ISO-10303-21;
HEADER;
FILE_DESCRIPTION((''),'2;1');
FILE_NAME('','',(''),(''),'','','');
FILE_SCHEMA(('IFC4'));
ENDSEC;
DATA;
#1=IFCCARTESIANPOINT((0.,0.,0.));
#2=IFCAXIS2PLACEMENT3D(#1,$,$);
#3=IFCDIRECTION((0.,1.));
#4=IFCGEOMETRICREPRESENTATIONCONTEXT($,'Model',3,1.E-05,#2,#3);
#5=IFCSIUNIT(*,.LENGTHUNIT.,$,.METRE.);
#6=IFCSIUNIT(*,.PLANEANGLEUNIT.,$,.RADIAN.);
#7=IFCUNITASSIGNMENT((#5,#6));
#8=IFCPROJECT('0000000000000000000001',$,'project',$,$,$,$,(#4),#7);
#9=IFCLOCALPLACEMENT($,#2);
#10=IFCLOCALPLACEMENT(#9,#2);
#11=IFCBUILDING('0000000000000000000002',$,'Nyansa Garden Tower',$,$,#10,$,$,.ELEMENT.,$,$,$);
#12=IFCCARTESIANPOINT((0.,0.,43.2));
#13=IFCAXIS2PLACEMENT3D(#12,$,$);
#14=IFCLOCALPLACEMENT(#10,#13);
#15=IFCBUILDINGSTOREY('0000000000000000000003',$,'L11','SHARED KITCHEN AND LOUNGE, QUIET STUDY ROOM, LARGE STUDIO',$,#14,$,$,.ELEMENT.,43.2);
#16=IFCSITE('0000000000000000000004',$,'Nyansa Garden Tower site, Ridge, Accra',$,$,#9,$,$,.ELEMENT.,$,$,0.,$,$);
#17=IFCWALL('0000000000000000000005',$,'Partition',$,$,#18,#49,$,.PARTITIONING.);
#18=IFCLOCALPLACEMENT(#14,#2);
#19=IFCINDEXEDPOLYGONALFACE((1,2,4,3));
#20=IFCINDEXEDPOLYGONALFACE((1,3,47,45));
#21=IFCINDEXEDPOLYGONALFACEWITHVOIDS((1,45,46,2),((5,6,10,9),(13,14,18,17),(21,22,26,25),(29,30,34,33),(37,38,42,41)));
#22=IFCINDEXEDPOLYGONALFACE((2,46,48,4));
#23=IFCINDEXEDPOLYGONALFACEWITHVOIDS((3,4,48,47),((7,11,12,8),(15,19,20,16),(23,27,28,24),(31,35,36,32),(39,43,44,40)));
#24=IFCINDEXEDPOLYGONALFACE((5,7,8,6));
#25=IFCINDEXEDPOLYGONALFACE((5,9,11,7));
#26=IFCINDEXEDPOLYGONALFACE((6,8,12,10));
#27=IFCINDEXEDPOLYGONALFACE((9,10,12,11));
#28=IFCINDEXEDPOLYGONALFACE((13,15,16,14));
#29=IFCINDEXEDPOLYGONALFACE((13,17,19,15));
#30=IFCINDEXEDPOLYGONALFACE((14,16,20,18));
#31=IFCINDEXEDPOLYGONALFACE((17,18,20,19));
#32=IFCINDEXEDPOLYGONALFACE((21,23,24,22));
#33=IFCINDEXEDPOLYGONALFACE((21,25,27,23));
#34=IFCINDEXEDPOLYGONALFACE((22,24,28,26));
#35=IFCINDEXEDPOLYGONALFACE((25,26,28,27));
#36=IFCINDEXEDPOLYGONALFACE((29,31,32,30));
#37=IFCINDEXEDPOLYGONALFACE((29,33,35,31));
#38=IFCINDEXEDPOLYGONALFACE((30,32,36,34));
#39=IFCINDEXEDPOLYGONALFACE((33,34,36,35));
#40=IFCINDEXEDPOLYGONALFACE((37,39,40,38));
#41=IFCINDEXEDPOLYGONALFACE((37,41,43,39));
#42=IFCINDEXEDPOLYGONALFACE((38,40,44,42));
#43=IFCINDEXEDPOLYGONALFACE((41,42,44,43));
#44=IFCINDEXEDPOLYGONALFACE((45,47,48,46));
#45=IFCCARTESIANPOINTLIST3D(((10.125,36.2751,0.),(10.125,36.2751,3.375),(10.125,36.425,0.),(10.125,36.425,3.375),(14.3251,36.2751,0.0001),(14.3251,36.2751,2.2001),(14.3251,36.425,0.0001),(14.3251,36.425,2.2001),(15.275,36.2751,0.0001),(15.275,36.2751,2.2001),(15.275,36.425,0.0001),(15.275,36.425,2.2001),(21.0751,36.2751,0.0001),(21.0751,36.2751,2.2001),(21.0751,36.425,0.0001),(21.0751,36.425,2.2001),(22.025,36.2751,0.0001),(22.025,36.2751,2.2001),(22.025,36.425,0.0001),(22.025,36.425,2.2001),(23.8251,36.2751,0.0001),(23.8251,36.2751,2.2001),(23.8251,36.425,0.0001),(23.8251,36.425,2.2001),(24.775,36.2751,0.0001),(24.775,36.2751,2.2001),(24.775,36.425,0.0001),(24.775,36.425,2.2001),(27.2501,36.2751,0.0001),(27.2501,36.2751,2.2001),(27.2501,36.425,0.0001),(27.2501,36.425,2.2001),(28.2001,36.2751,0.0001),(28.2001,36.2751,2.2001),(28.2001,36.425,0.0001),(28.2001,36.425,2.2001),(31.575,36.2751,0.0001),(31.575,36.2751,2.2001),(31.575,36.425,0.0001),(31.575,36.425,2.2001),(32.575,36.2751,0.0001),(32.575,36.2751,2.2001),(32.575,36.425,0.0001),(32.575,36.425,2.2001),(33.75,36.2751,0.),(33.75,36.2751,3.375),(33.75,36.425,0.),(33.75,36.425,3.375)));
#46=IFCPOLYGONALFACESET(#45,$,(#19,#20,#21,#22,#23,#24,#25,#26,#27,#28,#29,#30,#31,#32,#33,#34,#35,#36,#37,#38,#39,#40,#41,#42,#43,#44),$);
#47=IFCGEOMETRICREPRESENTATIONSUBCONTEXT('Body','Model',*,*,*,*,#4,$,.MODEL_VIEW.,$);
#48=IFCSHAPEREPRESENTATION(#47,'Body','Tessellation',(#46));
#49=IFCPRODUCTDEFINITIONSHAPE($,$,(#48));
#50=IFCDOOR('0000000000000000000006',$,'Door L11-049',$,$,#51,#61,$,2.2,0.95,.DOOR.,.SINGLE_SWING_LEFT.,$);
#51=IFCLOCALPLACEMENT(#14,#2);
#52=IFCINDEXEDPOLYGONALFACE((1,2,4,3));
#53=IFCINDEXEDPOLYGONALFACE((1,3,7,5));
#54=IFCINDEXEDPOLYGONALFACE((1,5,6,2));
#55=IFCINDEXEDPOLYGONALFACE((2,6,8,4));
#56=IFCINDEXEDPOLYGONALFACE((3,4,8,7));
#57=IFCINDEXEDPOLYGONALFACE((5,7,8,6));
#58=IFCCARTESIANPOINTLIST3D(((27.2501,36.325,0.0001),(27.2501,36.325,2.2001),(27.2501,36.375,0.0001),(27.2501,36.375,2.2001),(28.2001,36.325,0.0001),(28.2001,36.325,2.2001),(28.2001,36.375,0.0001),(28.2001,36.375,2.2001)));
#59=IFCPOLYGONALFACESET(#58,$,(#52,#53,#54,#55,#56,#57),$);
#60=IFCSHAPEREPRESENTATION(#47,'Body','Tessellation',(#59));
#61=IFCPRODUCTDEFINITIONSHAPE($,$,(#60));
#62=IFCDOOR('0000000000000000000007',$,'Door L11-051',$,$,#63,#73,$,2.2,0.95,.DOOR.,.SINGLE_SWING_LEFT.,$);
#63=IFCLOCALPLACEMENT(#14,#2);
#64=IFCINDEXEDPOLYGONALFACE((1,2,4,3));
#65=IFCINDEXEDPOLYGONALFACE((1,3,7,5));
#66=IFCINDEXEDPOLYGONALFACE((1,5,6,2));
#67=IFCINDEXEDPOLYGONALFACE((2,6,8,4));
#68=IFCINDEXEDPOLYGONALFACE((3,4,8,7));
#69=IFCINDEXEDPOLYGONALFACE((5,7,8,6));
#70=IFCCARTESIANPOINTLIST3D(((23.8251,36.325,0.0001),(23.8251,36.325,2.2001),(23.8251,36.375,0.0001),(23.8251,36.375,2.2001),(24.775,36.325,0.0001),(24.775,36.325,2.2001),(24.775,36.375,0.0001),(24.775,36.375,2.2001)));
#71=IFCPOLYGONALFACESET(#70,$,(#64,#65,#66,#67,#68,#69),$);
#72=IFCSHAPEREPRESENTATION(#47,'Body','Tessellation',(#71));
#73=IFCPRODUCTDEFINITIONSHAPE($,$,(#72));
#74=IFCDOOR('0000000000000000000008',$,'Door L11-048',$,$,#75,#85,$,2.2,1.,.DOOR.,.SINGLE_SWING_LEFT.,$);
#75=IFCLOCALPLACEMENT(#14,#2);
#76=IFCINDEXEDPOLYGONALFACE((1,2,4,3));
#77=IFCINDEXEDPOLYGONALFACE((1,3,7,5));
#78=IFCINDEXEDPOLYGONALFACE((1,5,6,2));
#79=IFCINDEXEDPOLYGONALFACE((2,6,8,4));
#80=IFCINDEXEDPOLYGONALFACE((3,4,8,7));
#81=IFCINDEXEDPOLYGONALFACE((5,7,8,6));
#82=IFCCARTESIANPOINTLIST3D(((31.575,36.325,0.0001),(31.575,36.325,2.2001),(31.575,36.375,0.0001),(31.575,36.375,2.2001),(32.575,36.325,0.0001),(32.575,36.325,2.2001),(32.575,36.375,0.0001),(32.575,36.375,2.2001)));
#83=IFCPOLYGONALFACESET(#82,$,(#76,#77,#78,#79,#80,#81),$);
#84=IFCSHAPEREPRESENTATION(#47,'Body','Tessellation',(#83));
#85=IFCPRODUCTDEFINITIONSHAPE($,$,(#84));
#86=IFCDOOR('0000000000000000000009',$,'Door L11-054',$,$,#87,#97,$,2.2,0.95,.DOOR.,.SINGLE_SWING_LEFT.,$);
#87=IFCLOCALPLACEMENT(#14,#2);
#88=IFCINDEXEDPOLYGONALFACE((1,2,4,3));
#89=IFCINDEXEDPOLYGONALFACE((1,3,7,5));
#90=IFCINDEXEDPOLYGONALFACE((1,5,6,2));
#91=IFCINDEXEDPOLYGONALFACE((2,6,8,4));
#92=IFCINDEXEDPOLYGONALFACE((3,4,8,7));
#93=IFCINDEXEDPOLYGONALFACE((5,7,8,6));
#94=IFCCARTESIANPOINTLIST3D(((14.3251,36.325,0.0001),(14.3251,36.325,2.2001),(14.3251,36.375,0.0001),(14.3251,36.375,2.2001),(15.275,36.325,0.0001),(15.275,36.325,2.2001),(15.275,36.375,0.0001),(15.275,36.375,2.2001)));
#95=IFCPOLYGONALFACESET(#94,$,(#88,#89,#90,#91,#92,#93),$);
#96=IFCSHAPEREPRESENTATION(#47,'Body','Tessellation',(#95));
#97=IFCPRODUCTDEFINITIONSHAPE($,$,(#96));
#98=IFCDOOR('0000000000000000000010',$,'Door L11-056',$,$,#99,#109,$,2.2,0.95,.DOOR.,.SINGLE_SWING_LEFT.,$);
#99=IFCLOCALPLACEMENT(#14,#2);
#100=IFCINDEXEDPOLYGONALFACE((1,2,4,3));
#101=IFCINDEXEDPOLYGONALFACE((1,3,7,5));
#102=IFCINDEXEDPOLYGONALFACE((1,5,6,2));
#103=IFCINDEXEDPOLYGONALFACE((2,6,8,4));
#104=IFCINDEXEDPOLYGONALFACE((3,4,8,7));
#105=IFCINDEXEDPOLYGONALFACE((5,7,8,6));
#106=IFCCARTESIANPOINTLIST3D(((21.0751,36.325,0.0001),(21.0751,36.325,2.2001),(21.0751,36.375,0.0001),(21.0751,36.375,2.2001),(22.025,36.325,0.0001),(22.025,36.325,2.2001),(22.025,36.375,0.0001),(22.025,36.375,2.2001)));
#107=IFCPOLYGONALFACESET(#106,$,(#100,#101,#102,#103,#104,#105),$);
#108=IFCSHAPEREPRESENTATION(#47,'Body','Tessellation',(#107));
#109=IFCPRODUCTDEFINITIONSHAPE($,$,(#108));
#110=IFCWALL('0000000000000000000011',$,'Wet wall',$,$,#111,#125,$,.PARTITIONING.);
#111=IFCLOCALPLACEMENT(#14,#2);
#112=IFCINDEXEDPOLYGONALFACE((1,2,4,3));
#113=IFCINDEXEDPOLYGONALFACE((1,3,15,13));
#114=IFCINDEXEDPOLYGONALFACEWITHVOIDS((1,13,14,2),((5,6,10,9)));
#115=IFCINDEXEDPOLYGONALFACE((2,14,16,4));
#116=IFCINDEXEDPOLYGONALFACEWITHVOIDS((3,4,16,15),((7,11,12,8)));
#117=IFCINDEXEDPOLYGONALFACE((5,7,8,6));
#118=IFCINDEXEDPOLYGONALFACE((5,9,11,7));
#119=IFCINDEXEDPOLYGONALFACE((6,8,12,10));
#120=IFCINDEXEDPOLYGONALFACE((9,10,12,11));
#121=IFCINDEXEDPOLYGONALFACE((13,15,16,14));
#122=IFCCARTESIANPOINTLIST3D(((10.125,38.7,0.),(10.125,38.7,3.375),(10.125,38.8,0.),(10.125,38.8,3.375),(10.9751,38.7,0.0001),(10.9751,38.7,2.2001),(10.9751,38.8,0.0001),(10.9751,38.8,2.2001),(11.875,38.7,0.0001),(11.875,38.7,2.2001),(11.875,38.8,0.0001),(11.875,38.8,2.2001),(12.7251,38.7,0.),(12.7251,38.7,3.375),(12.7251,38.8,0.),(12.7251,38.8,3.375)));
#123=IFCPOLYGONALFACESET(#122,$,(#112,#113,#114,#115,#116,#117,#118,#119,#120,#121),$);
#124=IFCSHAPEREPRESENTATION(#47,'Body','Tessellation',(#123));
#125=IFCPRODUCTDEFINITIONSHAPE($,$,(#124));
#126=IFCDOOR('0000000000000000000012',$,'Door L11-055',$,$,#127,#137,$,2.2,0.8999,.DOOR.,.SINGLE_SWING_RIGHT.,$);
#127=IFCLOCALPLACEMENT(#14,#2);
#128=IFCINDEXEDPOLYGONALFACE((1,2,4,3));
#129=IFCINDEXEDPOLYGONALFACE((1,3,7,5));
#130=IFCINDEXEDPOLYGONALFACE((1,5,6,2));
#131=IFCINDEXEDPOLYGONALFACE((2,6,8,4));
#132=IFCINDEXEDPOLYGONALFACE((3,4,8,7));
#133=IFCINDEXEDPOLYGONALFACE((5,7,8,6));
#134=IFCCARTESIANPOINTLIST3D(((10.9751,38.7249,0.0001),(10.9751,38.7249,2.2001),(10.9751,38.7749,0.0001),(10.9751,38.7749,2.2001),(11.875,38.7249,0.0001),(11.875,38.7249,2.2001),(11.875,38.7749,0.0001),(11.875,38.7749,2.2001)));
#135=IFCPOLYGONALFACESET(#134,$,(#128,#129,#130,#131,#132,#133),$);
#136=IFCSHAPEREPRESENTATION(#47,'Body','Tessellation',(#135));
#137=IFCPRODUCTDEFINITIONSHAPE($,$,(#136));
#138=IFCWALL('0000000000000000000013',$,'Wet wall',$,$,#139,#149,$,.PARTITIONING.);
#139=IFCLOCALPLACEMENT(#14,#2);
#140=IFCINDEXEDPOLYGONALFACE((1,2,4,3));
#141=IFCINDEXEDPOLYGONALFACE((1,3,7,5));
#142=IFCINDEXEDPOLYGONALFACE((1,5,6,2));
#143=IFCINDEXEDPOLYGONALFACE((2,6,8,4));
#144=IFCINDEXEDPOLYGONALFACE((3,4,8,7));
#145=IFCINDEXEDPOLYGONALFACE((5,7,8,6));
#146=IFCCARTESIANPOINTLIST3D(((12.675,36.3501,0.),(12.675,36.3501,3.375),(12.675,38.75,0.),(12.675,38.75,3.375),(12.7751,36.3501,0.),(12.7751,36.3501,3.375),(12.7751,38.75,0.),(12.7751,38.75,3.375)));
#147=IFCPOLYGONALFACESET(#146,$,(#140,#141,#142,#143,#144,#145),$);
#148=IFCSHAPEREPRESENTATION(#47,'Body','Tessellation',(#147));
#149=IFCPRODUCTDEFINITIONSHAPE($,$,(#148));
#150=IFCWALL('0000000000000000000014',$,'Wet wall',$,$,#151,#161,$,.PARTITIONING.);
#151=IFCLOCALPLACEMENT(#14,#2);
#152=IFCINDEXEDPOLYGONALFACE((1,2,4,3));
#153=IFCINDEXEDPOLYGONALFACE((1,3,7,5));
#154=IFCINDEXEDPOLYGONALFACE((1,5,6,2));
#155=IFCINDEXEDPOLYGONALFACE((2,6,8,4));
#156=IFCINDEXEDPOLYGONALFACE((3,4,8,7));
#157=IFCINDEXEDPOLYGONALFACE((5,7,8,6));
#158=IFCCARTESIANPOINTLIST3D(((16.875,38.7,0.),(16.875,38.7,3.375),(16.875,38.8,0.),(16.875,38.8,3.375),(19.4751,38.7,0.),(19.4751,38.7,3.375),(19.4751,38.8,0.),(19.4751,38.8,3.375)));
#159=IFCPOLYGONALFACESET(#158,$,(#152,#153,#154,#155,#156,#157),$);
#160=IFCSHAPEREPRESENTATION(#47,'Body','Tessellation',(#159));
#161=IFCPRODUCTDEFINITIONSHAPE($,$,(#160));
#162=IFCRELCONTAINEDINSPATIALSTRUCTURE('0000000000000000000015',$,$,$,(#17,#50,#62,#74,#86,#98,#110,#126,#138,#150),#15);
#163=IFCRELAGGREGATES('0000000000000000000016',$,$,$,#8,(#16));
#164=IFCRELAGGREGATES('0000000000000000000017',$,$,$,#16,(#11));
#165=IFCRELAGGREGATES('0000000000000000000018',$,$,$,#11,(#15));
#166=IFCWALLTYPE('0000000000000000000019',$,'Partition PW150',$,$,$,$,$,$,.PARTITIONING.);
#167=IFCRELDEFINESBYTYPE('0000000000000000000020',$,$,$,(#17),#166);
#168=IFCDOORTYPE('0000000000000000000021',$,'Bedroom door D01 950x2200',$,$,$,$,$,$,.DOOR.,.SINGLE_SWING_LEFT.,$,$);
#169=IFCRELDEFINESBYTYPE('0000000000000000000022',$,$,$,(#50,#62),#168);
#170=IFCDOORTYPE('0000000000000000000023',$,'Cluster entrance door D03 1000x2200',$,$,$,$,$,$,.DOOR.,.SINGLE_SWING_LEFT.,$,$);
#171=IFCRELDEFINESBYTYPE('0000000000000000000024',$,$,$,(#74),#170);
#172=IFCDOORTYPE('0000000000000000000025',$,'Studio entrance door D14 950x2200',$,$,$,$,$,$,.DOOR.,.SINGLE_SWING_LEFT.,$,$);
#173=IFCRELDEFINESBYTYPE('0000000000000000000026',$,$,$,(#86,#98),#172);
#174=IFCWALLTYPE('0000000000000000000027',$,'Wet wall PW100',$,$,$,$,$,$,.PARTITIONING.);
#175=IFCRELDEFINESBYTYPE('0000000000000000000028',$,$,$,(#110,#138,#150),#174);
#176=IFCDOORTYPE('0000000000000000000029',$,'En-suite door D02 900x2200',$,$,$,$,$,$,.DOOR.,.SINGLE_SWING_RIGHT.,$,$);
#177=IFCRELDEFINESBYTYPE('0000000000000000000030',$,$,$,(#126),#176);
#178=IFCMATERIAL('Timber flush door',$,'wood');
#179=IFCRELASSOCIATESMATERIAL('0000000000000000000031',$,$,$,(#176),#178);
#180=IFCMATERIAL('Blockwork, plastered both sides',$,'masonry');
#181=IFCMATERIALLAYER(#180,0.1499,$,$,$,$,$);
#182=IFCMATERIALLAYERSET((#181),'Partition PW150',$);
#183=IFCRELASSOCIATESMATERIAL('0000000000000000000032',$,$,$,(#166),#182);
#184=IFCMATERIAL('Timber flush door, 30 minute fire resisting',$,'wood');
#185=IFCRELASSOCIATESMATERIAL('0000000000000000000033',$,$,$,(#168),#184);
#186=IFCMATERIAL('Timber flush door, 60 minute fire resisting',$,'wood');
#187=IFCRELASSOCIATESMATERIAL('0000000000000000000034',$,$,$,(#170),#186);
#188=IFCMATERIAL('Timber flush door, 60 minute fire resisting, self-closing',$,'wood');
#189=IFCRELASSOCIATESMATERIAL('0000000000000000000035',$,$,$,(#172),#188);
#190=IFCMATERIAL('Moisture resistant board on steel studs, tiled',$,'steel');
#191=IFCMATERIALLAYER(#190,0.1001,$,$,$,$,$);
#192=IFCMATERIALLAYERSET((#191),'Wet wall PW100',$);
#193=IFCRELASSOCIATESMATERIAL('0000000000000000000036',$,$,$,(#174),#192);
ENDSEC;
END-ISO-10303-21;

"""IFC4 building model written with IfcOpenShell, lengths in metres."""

from ifc_helpers import new_model, si_unit, direction, frame, frame_2d, origin, place, context, subcontext, project, spatial, rectangle, extrude, material, layer, layer_set, type_object, element, fill, save


model = new_model("IFC4")

# Units and contexts
model_context = context("Model", 3, precision=1e-05, world=origin(), true_north=direction((0.0, 1.0)))
body_context = subcontext(model_context, "Body", "Model", "MODEL_VIEW")
ifc_project = project(units=[si_unit("LENGTHUNIT", "METRE"), si_unit("PLANEANGLEUNIT", "RADIAN")], contexts=[model_context])

# Site, building, storey
site_placement = place(None, origin())
site = spatial("IfcSite", under=ifc_project, at=site_placement, Name="Nyansa Garden Tower site, Ridge, Accra", CompositionType="ELEMENT", RefElevation=0.0)
building_placement = place(site_placement, origin())
building = spatial("IfcBuilding", under=site, at=building_placement, Name="Nyansa Garden Tower", CompositionType="ELEMENT")
storey_placement = place(building_placement, frame((0.0, 0.0, 43.2)))
storey = spatial("IfcBuildingStorey", under=building, at=storey_placement, Name="L11", Description="SHARED KITCHEN AND LOUNGE, QUIET STUDY ROOM, LARGE STUDIO", CompositionType="ELEMENT", Elevation=43.2)

# Shared definitions
ifc_material_1 = material(Name="Timber flush door", Category="wood")
door_type_1 = type_object("IfcDoorType", Name="En-suite door D02 900x2200", OperationType="SINGLE_SWING_RIGHT", PredefinedType="DOOR", material=ifc_material_1)

# Shared definitions
ifc_material_2 = material(Name="Blockwork, plastered both sides", Category="masonry")
ifc_layer_1 = layer(ifc_material_2, 0.1499)
ifc_layer_set_1 = layer_set([ifc_layer_1], Name="Partition PW150")
wall_type_1 = type_object("IfcWallType", Name="Partition PW150", PredefinedType="PARTITIONING", material=ifc_layer_set_1)

# Shared definitions
ifc_material_3 = material(Name="Timber flush door, 30 minute fire resisting", Category="wood")
door_type_2 = type_object("IfcDoorType", Name="Bedroom door D01 950x2200", OperationType="SINGLE_SWING_LEFT", PredefinedType="DOOR", material=ifc_material_3)

# Wall, openings, doors
wall_1_placement = place(storey_placement, frame((10.125, 36.3501, 0.0), z_axis=(0.0, 0.0, 1.0), x_axis=(1.0, 0.0, 0.0)))
wall_1 = element("IfcWall", 1, at=wall_1_placement, inside=storey, type_object=wall_type_1, Name="Partition", PredefinedType="PARTITIONING", context=body_context, shape_type="SweptSolid", body=[
    extrude(rectangle(XDim=23.625, YDim=0.1499, at=frame_2d((11.8125, 0.0))), origin(), (0.0, 0.0, 1.0), 3.375),
])
opening_1_placement = place(wall_1_placement, frame((21.45, 0.0, 0.0)))
opening_1 = element("IfcOpeningElement", 2, at=opening_1_placement, cuts=wall_1, PredefinedType="OPENING", context=body_context, shape_type="SweptSolid", body=[
    extrude(rectangle(XDim=1.0, YDim=2.2, at=frame_2d((0.5, 1.1001))), frame((0.0, 0.085, 0.0), z_axis=(0.0, -1.0, 0.0), x_axis=(1.0, 0.0, 0.0)), (0.0, 0.0, 1.0), 0.1699),
])
opening_2_placement = place(wall_1_placement, frame((17.125, 0.0, 0.0)))
opening_2 = element("IfcOpeningElement", 3, at=opening_2_placement, cuts=wall_1, PredefinedType="OPENING", context=body_context, shape_type="SweptSolid", body=[
    extrude(rectangle(XDim=0.95, YDim=2.2, at=frame_2d((0.4751, 1.1001))), frame((0.0, 0.085, 0.0), z_axis=(0.0, -1.0, 0.0), x_axis=(1.0, 0.0, 0.0)), (0.0, 0.0, 1.0), 0.1699),
])
opening_3_placement = place(wall_1_placement, frame((13.7, 0.0, 0.0)))
opening_3 = element("IfcOpeningElement", 4, at=opening_3_placement, cuts=wall_1, PredefinedType="OPENING", context=body_context, shape_type="SweptSolid", body=[
    extrude(rectangle(XDim=0.95, YDim=2.2, at=frame_2d((0.4751, 1.1001))), frame((0.0, 0.085, 0.0), z_axis=(0.0, -1.0, 0.0), x_axis=(1.0, 0.0, 0.0)), (0.0, 0.0, 1.0), 0.1699),
])
opening_4_placement = place(wall_1_placement, frame((4.2, 0.0, 0.0)))
opening_4 = element("IfcOpeningElement", 5, at=opening_4_placement, cuts=wall_1, PredefinedType="OPENING", context=body_context, shape_type="SweptSolid", body=[
    extrude(rectangle(XDim=0.95, YDim=2.2, at=frame_2d((0.4751, 1.1001))), frame((0.0, 0.085, 0.0), z_axis=(0.0, -1.0, 0.0), x_axis=(1.0, 0.0, 0.0)), (0.0, 0.0, 1.0), 0.1699),
])
opening_5_placement = place(wall_1_placement, frame((10.95, 0.0, 0.0)))
opening_5 = element("IfcOpeningElement", 6, at=opening_5_placement, cuts=wall_1, PredefinedType="OPENING", context=body_context, shape_type="SweptSolid", body=[
    extrude(rectangle(XDim=0.95, YDim=2.2, at=frame_2d((0.4751, 1.1001))), frame((0.0, 0.085, 0.0), z_axis=(0.0, -1.0, 0.0), x_axis=(1.0, 0.0, 0.0)), (0.0, 0.0, 1.0), 0.1699),
])
door_1_placement = place(opening_2_placement, origin())
door_1 = element("IfcDoor", 7, at=door_1_placement, inside=storey, type_object=door_type_2, Name="Door L11-049", OperationType="SINGLE_SWING_LEFT", OverallHeight=2.2, OverallWidth=0.95, PredefinedType="DOOR", context=body_context, shape_type="SweptSolid", body=[
    extrude(rectangle(XDim=0.95, YDim=2.2, at=frame_2d((0.4751, 1.1001))), frame((0.0, 0.0249, 0.0), z_axis=(0.0, -1.0, 0.0), x_axis=(1.0, 0.0, 0.0)), (0.0, 0.0, 1.0), 0.05),
])
fill(opening_2, door_1)
door_2_placement = place(opening_3_placement, origin())
door_2 = element("IfcDoor", 8, at=door_2_placement, inside=storey, type_object=door_type_2, Name="Door L11-051", OperationType="SINGLE_SWING_LEFT", OverallHeight=2.2, OverallWidth=0.95, PredefinedType="DOOR", context=body_context, shape_type="SweptSolid", body=[
    extrude(rectangle(XDim=0.95, YDim=2.2, at=frame_2d((0.4751, 1.1001))), frame((0.0, 0.0249, 0.0), z_axis=(0.0, -1.0, 0.0), x_axis=(1.0, 0.0, 0.0)), (0.0, 0.0, 1.0), 0.05),
])
fill(opening_3, door_2)
ifc_material_4 = material(Name="Timber flush door, 60 minute fire resisting", Category="wood")
door_type_3 = type_object("IfcDoorType", Name="Cluster entrance door D03 1000x2200", OperationType="SINGLE_SWING_LEFT", PredefinedType="DOOR", material=ifc_material_4)
door_3_placement = place(opening_1_placement, origin())
door_3 = element("IfcDoor", 9, at=door_3_placement, inside=storey, type_object=door_type_3, Name="Door L11-048", OperationType="SINGLE_SWING_LEFT", OverallHeight=2.2, OverallWidth=1.0, PredefinedType="DOOR", context=body_context, shape_type="SweptSolid", body=[
    extrude(rectangle(XDim=1.0, YDim=2.2, at=frame_2d((0.5, 1.1001))), frame((0.0, 0.0249, 0.0), z_axis=(0.0, -1.0, 0.0), x_axis=(1.0, 0.0, 0.0)), (0.0, 0.0, 1.0), 0.05),
])
fill(opening_1, door_3)
ifc_material_5 = material(Name="Timber flush door, 60 minute fire resisting, self-closing", Category="wood")
door_type_4 = type_object("IfcDoorType", Name="Studio entrance door D14 950x2200", OperationType="SINGLE_SWING_LEFT", PredefinedType="DOOR", material=ifc_material_5)
door_4_placement = place(opening_4_placement, origin())
door_4 = element("IfcDoor", 10, at=door_4_placement, inside=storey, type_object=door_type_4, Name="Door L11-054", OperationType="SINGLE_SWING_LEFT", OverallHeight=2.2, OverallWidth=0.95, PredefinedType="DOOR", context=body_context, shape_type="SweptSolid", body=[
    extrude(rectangle(XDim=0.95, YDim=2.2, at=frame_2d((0.4751, 1.1001))), frame((0.0, 0.0249, 0.0), z_axis=(0.0, -1.0, 0.0), x_axis=(1.0, 0.0, 0.0)), (0.0, 0.0, 1.0), 0.05),
])
fill(opening_4, door_4)
door_5_placement = place(opening_5_placement, origin())
door_5 = element("IfcDoor", 11, at=door_5_placement, inside=storey, type_object=door_type_4, Name="Door L11-056", OperationType="SINGLE_SWING_LEFT", OverallHeight=2.2, OverallWidth=0.95, PredefinedType="DOOR", context=body_context, shape_type="SweptSolid", body=[
    extrude(rectangle(XDim=0.95, YDim=2.2, at=frame_2d((0.4751, 1.1001))), frame((0.0, 0.0249, 0.0), z_axis=(0.0, -1.0, 0.0), x_axis=(1.0, 0.0, 0.0)), (0.0, 0.0, 1.0), 0.05),
])
fill(opening_5, door_5)

# Wall, opening, door
ifc_material_6 = material(Name="Moisture resistant board on steel studs, tiled", Category="steel")
ifc_layer_2 = layer(ifc_material_6, 0.1001)
ifc_layer_set_2 = layer_set([ifc_layer_2], Name="Wet wall PW100")
wall_type_2 = type_object("IfcWallType", Name="Wet wall PW100", PredefinedType="PARTITIONING", material=ifc_layer_set_2)
wall_2_placement = place(storey_placement, frame((10.125, 38.75, 0.0), z_axis=(0.0, 0.0, 1.0), x_axis=(1.0, 0.0, 0.0)))
wall_2 = element("IfcWall", 12, at=wall_2_placement, inside=storey, type_object=wall_type_2, Name="Wet wall", PredefinedType="PARTITIONING", context=body_context, shape_type="SweptSolid", body=[
    extrude(rectangle(XDim=2.6001, YDim=0.1001, at=frame_2d((1.3, 0.0))), origin(), (0.0, 0.0, 1.0), 3.375),
])
opening_6_placement = place(wall_2_placement, frame((0.8501, 0.0, 0.0)))
opening_6 = element("IfcOpeningElement", 13, at=opening_6_placement, cuts=wall_2, PredefinedType="OPENING", context=body_context, shape_type="SweptSolid", body=[
    extrude(rectangle(XDim=0.8999, YDim=2.2, at=frame_2d((0.45, 1.1001))), frame((0.0, 0.0601, 0.0), z_axis=(0.0, -1.0, 0.0), x_axis=(1.0, 0.0, 0.0)), (0.0, 0.0, 1.0), 0.1201),
])
door_6_placement = place(opening_6_placement, origin())
door_6 = element("IfcDoor", 14, at=door_6_placement, inside=storey, type_object=door_type_1, Name="Door L11-055", OperationType="SINGLE_SWING_RIGHT", OverallHeight=2.2, OverallWidth=0.8999, PredefinedType="DOOR", context=body_context, shape_type="SweptSolid", body=[
    extrude(rectangle(XDim=0.8999, YDim=2.2, at=frame_2d((0.45, 1.1001))), frame((0.0, 0.0249, 0.0), z_axis=(0.0, -1.0, 0.0), x_axis=(1.0, 0.0, 0.0)), (0.0, 0.0, 1.0), 0.05),
])
fill(opening_6, door_6)

# Walls
wall_3_placement = place(storey_placement, frame((12.7251, 36.3501, 0.0), z_axis=(0.0, 0.0, 1.0), x_axis=(0.0, 1.0, 0.0)))
element("IfcWall", 15, at=wall_3_placement, inside=storey, type_object=wall_type_2, Name="Wet wall", PredefinedType="PARTITIONING", context=body_context, shape_type="SweptSolid", body=[
    extrude(rectangle(XDim=2.3999, YDim=0.1001, at=frame_2d((1.2, 0.0))), origin(), (0.0, 0.0, 1.0), 3.375),
])
wall_4_placement = place(storey_placement, frame((16.875, 38.75, 0.0), z_axis=(0.0, 0.0, 1.0), x_axis=(1.0, 0.0, 0.0)))
element("IfcWall", 16, at=wall_4_placement, inside=storey, type_object=wall_type_2, Name="Wet wall", PredefinedType="PARTITIONING", context=body_context, shape_type="SweptSolid", body=[
    extrude(rectangle(XDim=2.6001, YDim=0.1001, at=frame_2d((1.3, 0.0))), origin(), (0.0, 0.0, 1.0), 3.375),
])

save(model, "model.ifc")
